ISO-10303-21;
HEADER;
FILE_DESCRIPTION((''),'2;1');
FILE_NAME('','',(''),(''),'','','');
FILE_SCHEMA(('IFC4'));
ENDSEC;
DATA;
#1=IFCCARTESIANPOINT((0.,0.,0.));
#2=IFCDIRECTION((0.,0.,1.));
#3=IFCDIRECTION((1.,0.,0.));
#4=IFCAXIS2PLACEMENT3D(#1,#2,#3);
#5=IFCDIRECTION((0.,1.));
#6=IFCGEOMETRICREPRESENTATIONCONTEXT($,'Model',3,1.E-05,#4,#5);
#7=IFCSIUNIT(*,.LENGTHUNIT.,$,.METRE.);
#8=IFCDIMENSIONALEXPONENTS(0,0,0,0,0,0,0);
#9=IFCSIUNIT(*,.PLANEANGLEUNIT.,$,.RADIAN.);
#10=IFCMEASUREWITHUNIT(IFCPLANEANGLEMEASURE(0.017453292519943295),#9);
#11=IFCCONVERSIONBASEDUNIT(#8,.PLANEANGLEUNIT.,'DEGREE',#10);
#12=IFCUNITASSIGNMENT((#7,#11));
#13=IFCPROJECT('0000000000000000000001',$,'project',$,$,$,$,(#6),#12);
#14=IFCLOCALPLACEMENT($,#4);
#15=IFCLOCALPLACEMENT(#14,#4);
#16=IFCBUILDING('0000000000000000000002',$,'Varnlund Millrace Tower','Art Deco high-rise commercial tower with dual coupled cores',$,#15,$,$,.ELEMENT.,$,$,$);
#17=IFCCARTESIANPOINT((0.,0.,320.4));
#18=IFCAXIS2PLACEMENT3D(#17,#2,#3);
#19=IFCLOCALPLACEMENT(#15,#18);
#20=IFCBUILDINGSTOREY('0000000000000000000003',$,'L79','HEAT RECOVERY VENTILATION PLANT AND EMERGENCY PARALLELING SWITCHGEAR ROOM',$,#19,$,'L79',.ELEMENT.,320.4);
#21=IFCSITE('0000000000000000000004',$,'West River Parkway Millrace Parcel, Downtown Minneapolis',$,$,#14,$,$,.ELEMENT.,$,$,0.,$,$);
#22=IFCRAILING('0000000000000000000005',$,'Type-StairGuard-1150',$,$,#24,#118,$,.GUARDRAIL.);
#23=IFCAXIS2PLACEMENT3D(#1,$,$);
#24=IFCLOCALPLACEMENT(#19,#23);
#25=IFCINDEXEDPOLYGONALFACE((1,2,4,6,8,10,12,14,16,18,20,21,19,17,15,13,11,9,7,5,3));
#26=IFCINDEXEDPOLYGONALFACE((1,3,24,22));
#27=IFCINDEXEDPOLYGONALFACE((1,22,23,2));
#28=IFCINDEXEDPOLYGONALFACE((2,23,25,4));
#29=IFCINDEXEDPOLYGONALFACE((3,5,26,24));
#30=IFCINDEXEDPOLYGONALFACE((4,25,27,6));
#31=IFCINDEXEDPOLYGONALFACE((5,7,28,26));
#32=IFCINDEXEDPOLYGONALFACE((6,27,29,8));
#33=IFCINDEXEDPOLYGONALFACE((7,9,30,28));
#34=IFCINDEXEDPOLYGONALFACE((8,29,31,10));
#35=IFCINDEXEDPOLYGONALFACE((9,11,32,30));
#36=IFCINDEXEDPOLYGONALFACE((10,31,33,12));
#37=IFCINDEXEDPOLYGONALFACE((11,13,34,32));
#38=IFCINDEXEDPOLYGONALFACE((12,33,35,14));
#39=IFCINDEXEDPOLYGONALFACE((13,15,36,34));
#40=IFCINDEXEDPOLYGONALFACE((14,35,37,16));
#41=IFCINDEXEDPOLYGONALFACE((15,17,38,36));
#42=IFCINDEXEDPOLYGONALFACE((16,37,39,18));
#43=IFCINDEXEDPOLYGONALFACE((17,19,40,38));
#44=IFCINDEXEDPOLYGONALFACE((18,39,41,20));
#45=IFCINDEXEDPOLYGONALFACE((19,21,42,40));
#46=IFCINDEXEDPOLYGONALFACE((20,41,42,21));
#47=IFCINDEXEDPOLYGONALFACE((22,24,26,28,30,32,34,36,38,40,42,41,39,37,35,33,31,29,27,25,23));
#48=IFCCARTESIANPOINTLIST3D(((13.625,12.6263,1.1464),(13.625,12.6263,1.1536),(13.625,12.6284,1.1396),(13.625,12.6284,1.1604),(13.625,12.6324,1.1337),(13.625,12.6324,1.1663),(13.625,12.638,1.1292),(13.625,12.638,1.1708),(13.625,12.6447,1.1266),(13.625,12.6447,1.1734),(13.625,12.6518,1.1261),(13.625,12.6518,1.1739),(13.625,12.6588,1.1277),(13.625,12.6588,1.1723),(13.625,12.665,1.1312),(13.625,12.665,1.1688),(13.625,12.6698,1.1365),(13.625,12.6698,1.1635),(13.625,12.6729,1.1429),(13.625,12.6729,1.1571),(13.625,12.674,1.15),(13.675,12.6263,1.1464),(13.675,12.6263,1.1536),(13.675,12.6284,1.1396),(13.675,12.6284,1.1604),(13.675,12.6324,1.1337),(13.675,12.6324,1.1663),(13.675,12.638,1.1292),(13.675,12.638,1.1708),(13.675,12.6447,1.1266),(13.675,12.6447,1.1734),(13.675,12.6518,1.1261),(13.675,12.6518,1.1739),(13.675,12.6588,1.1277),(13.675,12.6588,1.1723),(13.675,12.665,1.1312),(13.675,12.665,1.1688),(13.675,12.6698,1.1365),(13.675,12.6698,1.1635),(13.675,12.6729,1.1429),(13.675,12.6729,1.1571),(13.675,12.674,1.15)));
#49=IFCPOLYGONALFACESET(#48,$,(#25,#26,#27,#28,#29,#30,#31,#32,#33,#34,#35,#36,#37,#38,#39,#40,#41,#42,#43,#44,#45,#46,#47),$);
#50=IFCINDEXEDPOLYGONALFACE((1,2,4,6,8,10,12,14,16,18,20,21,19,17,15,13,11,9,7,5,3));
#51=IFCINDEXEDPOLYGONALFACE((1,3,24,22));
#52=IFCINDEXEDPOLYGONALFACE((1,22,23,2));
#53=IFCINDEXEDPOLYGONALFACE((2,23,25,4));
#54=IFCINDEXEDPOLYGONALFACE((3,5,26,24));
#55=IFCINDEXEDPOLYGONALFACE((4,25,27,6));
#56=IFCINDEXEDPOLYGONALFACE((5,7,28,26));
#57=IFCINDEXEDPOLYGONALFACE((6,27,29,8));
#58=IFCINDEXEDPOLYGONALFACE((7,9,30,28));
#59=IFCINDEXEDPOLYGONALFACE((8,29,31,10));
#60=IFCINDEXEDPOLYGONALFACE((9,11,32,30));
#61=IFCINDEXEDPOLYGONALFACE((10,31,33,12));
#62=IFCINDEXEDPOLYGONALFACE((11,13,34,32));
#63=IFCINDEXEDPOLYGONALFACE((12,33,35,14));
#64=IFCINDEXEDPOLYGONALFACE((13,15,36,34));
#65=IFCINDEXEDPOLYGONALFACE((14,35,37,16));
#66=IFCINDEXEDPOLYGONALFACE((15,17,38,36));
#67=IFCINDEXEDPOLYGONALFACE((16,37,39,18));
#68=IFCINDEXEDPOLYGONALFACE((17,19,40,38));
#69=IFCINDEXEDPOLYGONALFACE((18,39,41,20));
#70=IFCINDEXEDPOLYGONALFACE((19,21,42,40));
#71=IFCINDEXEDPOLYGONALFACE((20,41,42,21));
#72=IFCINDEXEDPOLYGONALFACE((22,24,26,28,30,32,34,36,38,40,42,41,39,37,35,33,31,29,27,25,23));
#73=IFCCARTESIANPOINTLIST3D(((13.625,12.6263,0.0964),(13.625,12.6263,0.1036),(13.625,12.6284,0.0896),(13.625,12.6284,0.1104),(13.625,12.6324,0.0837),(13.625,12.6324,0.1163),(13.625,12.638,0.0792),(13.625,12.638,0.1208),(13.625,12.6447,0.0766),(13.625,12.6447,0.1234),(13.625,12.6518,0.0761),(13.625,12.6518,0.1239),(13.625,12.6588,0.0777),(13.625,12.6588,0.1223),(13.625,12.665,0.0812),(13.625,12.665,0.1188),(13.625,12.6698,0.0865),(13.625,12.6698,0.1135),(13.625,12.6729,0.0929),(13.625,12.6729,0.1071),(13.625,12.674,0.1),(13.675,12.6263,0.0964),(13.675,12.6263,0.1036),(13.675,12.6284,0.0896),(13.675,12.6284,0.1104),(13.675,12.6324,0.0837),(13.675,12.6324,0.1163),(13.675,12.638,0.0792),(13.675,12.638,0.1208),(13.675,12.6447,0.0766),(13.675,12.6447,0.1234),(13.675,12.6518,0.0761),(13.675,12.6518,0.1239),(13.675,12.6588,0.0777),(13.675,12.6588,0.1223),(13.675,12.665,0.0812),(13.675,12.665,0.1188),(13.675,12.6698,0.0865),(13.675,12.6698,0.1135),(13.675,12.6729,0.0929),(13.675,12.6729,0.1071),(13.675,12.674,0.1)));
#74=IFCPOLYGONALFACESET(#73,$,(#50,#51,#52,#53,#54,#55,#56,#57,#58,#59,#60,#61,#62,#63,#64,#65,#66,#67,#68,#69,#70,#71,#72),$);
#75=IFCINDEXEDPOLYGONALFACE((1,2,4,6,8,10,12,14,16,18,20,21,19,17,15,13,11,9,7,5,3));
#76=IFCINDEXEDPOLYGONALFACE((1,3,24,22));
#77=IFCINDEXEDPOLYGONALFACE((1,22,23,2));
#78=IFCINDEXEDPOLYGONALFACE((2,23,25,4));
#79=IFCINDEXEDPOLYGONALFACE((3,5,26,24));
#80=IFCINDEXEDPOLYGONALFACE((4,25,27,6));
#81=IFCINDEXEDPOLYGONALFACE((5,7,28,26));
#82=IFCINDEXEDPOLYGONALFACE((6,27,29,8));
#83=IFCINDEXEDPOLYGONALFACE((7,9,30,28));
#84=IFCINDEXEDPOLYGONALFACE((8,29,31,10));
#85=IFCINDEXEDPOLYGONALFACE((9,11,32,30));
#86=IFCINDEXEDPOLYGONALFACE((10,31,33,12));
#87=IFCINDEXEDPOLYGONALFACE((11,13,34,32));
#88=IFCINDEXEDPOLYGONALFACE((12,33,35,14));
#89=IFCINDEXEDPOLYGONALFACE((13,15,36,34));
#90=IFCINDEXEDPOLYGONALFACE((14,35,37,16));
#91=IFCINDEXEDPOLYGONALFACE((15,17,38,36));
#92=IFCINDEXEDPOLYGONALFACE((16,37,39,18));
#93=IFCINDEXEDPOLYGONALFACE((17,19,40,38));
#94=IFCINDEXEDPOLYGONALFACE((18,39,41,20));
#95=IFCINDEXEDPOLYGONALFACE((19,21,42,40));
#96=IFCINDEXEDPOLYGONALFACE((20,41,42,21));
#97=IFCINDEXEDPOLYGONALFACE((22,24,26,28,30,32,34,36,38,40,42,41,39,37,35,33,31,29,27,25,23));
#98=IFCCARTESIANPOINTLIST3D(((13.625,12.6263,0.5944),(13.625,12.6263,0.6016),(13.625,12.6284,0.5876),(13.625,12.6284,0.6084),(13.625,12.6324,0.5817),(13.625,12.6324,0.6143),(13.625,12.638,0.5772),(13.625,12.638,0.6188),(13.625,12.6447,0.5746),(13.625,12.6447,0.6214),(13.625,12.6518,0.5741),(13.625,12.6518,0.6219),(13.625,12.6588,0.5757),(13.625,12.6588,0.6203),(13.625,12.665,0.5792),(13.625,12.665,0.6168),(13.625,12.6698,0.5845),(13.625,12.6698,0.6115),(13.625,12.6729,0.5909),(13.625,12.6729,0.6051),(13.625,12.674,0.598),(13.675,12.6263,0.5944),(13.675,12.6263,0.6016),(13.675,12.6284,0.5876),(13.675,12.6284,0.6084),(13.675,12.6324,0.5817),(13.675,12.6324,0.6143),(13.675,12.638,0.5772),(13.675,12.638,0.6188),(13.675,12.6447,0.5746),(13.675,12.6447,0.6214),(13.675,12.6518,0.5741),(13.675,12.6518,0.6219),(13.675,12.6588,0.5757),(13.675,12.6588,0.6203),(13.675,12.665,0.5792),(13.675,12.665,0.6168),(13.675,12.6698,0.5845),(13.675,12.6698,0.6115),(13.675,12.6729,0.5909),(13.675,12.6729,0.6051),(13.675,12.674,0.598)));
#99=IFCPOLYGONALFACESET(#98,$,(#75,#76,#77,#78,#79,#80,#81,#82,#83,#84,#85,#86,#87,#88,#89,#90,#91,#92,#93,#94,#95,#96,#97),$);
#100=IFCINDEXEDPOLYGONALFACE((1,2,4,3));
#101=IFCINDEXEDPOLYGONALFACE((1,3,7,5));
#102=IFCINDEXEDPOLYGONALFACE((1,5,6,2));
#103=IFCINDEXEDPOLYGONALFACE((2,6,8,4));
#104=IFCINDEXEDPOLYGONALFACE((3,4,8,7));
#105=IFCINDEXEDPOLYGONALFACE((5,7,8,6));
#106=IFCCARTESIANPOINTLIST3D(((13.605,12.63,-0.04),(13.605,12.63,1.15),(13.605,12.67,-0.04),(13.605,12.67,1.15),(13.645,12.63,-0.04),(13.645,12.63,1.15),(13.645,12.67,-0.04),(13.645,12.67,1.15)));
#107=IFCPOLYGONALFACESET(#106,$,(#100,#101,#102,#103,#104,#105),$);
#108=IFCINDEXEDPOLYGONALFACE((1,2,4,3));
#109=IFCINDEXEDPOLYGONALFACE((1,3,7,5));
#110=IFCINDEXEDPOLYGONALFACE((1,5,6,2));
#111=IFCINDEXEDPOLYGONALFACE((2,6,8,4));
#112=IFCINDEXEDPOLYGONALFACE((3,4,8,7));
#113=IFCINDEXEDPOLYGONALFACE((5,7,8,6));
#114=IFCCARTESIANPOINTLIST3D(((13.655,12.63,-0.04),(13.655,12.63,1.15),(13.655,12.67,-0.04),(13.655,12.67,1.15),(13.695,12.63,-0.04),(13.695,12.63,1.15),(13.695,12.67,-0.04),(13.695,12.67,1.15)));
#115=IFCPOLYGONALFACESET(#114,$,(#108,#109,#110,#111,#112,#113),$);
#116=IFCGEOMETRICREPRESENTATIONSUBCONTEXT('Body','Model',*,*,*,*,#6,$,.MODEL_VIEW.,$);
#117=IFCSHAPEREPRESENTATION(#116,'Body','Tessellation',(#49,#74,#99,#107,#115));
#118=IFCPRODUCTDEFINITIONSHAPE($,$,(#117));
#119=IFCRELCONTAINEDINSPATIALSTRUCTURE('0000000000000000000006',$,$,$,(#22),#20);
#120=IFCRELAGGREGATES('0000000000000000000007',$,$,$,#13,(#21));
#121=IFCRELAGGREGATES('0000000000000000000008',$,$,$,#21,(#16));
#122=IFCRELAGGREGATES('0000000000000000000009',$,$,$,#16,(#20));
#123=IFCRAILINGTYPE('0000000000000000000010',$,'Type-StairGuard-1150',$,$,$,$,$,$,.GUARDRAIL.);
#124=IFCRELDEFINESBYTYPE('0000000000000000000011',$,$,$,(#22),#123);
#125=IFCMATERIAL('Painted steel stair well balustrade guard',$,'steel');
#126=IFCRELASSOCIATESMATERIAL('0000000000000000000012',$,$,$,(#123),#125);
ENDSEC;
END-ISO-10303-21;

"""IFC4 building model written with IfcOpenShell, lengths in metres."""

from ifc_helpers import new_model, entity, si_unit, converted_unit, direction, frame, origin_with_axes, origin_2d_with_axis, place, context, subcontext, project, spatial, rectangle, circle, extrude, material, type_object, element, save


model = new_model("IFC4")

# Units and contexts
model_context = context("Model", 3, precision=1e-05, world=origin_with_axes(), true_north=direction((0.0, 1.0)))
body_context = subcontext(model_context, "Body", "Model", "MODEL_VIEW")
ifc_project = project(units=[si_unit("LENGTHUNIT", "METRE"), converted_unit("PLANEANGLEUNIT", "DEGREE", entity("IfcPlaneAngleMeasure", 0.017453292519943295), si_unit("PLANEANGLEUNIT", "RADIAN"), dimensions=[0, 0, 0, 0, 0, 0, 0])], contexts=[model_context])

# Site, building, storey
site_placement = place(None, origin_with_axes())
site = spatial("IfcSite", under=ifc_project, at=site_placement, Name="West River Parkway Millrace Parcel, Downtown Minneapolis", CompositionType="ELEMENT", RefElevation=0.0)
building_placement = place(site_placement, origin_with_axes())
building = spatial("IfcBuilding", under=site, at=building_placement, Name="Varnlund Millrace Tower", Description="Art Deco high-rise commercial tower with dual coupled cores", CompositionType="ELEMENT")
storey_placement = place(building_placement, frame((0.0, 0.0, 320.4), z_axis=(0.0, 0.0, 1.0), x_axis=(1.0, 0.0, 0.0)))
storey = spatial("IfcBuildingStorey", under=building, at=storey_placement, Name="L79", Description="HEAT RECOVERY VENTILATION PLANT AND EMERGENCY PARALLELING SWITCHGEAR ROOM", LongName="L79", CompositionType="ELEMENT", Elevation=320.4)

# Railing
ifc_material_1 = material(Name="Painted steel stair well balustrade guard", Category="steel")
railing_type_1 = type_object("IfcRailingType", Name="Type-StairGuard-1150", PredefinedType="GUARDRAIL", material=ifc_material_1)
railing_1_placement = place(storey_placement, frame((0.0, 0.0, -320.4), z_axis=(0.0, 0.0, 1.0), x_axis=(1.0, 0.0, 0.0)))
element("IfcRailing", 1, at=railing_1_placement, inside=storey, type_object=railing_type_1, Name="Type-StairGuard-1150", PredefinedType="GUARDRAIL", context=body_context, shape_type="SweptSolid", body=[
    extrude(circle(Radius=0.024, at=origin_2d_with_axis()), frame((13.625, 12.65, 321.55), z_axis=(1.0, 0.0, 0.0), x_axis=(0.0, 1.0, 0.0)), (0.0, 0.0, 1.0), 0.05),
    extrude(circle(Radius=0.024, at=origin_2d_with_axis()), frame((13.625, 12.65, 320.5), z_axis=(1.0, 0.0, 0.0), x_axis=(0.0, 1.0, 0.0)), (0.0, 0.0, 1.0), 0.05),
    extrude(circle(Radius=0.024, at=origin_2d_with_axis()), frame((13.625, 12.65, 320.998), z_axis=(1.0, 0.0, 0.0), x_axis=(0.0, 1.0, 0.0)), (0.0, 0.0, 1.0), 0.05),
    extrude(rectangle(XDim=0.04, YDim=0.04, at=origin_2d_with_axis()), frame((13.625, 12.65, 320.36), z_axis=(0.0, 0.0, 1.0), x_axis=(1.0, 0.0, 0.0)), (0.0, 0.0, 1.0), 1.19),
    extrude(rectangle(XDim=0.04, YDim=0.04, at=origin_2d_with_axis()), frame((13.675, 12.65, 320.36), z_axis=(0.0, 0.0, 1.0), x_axis=(1.0, 0.0, 0.0)), (0.0, 0.0, 1.0), 1.19),
])

save(model, "model.ifc")
